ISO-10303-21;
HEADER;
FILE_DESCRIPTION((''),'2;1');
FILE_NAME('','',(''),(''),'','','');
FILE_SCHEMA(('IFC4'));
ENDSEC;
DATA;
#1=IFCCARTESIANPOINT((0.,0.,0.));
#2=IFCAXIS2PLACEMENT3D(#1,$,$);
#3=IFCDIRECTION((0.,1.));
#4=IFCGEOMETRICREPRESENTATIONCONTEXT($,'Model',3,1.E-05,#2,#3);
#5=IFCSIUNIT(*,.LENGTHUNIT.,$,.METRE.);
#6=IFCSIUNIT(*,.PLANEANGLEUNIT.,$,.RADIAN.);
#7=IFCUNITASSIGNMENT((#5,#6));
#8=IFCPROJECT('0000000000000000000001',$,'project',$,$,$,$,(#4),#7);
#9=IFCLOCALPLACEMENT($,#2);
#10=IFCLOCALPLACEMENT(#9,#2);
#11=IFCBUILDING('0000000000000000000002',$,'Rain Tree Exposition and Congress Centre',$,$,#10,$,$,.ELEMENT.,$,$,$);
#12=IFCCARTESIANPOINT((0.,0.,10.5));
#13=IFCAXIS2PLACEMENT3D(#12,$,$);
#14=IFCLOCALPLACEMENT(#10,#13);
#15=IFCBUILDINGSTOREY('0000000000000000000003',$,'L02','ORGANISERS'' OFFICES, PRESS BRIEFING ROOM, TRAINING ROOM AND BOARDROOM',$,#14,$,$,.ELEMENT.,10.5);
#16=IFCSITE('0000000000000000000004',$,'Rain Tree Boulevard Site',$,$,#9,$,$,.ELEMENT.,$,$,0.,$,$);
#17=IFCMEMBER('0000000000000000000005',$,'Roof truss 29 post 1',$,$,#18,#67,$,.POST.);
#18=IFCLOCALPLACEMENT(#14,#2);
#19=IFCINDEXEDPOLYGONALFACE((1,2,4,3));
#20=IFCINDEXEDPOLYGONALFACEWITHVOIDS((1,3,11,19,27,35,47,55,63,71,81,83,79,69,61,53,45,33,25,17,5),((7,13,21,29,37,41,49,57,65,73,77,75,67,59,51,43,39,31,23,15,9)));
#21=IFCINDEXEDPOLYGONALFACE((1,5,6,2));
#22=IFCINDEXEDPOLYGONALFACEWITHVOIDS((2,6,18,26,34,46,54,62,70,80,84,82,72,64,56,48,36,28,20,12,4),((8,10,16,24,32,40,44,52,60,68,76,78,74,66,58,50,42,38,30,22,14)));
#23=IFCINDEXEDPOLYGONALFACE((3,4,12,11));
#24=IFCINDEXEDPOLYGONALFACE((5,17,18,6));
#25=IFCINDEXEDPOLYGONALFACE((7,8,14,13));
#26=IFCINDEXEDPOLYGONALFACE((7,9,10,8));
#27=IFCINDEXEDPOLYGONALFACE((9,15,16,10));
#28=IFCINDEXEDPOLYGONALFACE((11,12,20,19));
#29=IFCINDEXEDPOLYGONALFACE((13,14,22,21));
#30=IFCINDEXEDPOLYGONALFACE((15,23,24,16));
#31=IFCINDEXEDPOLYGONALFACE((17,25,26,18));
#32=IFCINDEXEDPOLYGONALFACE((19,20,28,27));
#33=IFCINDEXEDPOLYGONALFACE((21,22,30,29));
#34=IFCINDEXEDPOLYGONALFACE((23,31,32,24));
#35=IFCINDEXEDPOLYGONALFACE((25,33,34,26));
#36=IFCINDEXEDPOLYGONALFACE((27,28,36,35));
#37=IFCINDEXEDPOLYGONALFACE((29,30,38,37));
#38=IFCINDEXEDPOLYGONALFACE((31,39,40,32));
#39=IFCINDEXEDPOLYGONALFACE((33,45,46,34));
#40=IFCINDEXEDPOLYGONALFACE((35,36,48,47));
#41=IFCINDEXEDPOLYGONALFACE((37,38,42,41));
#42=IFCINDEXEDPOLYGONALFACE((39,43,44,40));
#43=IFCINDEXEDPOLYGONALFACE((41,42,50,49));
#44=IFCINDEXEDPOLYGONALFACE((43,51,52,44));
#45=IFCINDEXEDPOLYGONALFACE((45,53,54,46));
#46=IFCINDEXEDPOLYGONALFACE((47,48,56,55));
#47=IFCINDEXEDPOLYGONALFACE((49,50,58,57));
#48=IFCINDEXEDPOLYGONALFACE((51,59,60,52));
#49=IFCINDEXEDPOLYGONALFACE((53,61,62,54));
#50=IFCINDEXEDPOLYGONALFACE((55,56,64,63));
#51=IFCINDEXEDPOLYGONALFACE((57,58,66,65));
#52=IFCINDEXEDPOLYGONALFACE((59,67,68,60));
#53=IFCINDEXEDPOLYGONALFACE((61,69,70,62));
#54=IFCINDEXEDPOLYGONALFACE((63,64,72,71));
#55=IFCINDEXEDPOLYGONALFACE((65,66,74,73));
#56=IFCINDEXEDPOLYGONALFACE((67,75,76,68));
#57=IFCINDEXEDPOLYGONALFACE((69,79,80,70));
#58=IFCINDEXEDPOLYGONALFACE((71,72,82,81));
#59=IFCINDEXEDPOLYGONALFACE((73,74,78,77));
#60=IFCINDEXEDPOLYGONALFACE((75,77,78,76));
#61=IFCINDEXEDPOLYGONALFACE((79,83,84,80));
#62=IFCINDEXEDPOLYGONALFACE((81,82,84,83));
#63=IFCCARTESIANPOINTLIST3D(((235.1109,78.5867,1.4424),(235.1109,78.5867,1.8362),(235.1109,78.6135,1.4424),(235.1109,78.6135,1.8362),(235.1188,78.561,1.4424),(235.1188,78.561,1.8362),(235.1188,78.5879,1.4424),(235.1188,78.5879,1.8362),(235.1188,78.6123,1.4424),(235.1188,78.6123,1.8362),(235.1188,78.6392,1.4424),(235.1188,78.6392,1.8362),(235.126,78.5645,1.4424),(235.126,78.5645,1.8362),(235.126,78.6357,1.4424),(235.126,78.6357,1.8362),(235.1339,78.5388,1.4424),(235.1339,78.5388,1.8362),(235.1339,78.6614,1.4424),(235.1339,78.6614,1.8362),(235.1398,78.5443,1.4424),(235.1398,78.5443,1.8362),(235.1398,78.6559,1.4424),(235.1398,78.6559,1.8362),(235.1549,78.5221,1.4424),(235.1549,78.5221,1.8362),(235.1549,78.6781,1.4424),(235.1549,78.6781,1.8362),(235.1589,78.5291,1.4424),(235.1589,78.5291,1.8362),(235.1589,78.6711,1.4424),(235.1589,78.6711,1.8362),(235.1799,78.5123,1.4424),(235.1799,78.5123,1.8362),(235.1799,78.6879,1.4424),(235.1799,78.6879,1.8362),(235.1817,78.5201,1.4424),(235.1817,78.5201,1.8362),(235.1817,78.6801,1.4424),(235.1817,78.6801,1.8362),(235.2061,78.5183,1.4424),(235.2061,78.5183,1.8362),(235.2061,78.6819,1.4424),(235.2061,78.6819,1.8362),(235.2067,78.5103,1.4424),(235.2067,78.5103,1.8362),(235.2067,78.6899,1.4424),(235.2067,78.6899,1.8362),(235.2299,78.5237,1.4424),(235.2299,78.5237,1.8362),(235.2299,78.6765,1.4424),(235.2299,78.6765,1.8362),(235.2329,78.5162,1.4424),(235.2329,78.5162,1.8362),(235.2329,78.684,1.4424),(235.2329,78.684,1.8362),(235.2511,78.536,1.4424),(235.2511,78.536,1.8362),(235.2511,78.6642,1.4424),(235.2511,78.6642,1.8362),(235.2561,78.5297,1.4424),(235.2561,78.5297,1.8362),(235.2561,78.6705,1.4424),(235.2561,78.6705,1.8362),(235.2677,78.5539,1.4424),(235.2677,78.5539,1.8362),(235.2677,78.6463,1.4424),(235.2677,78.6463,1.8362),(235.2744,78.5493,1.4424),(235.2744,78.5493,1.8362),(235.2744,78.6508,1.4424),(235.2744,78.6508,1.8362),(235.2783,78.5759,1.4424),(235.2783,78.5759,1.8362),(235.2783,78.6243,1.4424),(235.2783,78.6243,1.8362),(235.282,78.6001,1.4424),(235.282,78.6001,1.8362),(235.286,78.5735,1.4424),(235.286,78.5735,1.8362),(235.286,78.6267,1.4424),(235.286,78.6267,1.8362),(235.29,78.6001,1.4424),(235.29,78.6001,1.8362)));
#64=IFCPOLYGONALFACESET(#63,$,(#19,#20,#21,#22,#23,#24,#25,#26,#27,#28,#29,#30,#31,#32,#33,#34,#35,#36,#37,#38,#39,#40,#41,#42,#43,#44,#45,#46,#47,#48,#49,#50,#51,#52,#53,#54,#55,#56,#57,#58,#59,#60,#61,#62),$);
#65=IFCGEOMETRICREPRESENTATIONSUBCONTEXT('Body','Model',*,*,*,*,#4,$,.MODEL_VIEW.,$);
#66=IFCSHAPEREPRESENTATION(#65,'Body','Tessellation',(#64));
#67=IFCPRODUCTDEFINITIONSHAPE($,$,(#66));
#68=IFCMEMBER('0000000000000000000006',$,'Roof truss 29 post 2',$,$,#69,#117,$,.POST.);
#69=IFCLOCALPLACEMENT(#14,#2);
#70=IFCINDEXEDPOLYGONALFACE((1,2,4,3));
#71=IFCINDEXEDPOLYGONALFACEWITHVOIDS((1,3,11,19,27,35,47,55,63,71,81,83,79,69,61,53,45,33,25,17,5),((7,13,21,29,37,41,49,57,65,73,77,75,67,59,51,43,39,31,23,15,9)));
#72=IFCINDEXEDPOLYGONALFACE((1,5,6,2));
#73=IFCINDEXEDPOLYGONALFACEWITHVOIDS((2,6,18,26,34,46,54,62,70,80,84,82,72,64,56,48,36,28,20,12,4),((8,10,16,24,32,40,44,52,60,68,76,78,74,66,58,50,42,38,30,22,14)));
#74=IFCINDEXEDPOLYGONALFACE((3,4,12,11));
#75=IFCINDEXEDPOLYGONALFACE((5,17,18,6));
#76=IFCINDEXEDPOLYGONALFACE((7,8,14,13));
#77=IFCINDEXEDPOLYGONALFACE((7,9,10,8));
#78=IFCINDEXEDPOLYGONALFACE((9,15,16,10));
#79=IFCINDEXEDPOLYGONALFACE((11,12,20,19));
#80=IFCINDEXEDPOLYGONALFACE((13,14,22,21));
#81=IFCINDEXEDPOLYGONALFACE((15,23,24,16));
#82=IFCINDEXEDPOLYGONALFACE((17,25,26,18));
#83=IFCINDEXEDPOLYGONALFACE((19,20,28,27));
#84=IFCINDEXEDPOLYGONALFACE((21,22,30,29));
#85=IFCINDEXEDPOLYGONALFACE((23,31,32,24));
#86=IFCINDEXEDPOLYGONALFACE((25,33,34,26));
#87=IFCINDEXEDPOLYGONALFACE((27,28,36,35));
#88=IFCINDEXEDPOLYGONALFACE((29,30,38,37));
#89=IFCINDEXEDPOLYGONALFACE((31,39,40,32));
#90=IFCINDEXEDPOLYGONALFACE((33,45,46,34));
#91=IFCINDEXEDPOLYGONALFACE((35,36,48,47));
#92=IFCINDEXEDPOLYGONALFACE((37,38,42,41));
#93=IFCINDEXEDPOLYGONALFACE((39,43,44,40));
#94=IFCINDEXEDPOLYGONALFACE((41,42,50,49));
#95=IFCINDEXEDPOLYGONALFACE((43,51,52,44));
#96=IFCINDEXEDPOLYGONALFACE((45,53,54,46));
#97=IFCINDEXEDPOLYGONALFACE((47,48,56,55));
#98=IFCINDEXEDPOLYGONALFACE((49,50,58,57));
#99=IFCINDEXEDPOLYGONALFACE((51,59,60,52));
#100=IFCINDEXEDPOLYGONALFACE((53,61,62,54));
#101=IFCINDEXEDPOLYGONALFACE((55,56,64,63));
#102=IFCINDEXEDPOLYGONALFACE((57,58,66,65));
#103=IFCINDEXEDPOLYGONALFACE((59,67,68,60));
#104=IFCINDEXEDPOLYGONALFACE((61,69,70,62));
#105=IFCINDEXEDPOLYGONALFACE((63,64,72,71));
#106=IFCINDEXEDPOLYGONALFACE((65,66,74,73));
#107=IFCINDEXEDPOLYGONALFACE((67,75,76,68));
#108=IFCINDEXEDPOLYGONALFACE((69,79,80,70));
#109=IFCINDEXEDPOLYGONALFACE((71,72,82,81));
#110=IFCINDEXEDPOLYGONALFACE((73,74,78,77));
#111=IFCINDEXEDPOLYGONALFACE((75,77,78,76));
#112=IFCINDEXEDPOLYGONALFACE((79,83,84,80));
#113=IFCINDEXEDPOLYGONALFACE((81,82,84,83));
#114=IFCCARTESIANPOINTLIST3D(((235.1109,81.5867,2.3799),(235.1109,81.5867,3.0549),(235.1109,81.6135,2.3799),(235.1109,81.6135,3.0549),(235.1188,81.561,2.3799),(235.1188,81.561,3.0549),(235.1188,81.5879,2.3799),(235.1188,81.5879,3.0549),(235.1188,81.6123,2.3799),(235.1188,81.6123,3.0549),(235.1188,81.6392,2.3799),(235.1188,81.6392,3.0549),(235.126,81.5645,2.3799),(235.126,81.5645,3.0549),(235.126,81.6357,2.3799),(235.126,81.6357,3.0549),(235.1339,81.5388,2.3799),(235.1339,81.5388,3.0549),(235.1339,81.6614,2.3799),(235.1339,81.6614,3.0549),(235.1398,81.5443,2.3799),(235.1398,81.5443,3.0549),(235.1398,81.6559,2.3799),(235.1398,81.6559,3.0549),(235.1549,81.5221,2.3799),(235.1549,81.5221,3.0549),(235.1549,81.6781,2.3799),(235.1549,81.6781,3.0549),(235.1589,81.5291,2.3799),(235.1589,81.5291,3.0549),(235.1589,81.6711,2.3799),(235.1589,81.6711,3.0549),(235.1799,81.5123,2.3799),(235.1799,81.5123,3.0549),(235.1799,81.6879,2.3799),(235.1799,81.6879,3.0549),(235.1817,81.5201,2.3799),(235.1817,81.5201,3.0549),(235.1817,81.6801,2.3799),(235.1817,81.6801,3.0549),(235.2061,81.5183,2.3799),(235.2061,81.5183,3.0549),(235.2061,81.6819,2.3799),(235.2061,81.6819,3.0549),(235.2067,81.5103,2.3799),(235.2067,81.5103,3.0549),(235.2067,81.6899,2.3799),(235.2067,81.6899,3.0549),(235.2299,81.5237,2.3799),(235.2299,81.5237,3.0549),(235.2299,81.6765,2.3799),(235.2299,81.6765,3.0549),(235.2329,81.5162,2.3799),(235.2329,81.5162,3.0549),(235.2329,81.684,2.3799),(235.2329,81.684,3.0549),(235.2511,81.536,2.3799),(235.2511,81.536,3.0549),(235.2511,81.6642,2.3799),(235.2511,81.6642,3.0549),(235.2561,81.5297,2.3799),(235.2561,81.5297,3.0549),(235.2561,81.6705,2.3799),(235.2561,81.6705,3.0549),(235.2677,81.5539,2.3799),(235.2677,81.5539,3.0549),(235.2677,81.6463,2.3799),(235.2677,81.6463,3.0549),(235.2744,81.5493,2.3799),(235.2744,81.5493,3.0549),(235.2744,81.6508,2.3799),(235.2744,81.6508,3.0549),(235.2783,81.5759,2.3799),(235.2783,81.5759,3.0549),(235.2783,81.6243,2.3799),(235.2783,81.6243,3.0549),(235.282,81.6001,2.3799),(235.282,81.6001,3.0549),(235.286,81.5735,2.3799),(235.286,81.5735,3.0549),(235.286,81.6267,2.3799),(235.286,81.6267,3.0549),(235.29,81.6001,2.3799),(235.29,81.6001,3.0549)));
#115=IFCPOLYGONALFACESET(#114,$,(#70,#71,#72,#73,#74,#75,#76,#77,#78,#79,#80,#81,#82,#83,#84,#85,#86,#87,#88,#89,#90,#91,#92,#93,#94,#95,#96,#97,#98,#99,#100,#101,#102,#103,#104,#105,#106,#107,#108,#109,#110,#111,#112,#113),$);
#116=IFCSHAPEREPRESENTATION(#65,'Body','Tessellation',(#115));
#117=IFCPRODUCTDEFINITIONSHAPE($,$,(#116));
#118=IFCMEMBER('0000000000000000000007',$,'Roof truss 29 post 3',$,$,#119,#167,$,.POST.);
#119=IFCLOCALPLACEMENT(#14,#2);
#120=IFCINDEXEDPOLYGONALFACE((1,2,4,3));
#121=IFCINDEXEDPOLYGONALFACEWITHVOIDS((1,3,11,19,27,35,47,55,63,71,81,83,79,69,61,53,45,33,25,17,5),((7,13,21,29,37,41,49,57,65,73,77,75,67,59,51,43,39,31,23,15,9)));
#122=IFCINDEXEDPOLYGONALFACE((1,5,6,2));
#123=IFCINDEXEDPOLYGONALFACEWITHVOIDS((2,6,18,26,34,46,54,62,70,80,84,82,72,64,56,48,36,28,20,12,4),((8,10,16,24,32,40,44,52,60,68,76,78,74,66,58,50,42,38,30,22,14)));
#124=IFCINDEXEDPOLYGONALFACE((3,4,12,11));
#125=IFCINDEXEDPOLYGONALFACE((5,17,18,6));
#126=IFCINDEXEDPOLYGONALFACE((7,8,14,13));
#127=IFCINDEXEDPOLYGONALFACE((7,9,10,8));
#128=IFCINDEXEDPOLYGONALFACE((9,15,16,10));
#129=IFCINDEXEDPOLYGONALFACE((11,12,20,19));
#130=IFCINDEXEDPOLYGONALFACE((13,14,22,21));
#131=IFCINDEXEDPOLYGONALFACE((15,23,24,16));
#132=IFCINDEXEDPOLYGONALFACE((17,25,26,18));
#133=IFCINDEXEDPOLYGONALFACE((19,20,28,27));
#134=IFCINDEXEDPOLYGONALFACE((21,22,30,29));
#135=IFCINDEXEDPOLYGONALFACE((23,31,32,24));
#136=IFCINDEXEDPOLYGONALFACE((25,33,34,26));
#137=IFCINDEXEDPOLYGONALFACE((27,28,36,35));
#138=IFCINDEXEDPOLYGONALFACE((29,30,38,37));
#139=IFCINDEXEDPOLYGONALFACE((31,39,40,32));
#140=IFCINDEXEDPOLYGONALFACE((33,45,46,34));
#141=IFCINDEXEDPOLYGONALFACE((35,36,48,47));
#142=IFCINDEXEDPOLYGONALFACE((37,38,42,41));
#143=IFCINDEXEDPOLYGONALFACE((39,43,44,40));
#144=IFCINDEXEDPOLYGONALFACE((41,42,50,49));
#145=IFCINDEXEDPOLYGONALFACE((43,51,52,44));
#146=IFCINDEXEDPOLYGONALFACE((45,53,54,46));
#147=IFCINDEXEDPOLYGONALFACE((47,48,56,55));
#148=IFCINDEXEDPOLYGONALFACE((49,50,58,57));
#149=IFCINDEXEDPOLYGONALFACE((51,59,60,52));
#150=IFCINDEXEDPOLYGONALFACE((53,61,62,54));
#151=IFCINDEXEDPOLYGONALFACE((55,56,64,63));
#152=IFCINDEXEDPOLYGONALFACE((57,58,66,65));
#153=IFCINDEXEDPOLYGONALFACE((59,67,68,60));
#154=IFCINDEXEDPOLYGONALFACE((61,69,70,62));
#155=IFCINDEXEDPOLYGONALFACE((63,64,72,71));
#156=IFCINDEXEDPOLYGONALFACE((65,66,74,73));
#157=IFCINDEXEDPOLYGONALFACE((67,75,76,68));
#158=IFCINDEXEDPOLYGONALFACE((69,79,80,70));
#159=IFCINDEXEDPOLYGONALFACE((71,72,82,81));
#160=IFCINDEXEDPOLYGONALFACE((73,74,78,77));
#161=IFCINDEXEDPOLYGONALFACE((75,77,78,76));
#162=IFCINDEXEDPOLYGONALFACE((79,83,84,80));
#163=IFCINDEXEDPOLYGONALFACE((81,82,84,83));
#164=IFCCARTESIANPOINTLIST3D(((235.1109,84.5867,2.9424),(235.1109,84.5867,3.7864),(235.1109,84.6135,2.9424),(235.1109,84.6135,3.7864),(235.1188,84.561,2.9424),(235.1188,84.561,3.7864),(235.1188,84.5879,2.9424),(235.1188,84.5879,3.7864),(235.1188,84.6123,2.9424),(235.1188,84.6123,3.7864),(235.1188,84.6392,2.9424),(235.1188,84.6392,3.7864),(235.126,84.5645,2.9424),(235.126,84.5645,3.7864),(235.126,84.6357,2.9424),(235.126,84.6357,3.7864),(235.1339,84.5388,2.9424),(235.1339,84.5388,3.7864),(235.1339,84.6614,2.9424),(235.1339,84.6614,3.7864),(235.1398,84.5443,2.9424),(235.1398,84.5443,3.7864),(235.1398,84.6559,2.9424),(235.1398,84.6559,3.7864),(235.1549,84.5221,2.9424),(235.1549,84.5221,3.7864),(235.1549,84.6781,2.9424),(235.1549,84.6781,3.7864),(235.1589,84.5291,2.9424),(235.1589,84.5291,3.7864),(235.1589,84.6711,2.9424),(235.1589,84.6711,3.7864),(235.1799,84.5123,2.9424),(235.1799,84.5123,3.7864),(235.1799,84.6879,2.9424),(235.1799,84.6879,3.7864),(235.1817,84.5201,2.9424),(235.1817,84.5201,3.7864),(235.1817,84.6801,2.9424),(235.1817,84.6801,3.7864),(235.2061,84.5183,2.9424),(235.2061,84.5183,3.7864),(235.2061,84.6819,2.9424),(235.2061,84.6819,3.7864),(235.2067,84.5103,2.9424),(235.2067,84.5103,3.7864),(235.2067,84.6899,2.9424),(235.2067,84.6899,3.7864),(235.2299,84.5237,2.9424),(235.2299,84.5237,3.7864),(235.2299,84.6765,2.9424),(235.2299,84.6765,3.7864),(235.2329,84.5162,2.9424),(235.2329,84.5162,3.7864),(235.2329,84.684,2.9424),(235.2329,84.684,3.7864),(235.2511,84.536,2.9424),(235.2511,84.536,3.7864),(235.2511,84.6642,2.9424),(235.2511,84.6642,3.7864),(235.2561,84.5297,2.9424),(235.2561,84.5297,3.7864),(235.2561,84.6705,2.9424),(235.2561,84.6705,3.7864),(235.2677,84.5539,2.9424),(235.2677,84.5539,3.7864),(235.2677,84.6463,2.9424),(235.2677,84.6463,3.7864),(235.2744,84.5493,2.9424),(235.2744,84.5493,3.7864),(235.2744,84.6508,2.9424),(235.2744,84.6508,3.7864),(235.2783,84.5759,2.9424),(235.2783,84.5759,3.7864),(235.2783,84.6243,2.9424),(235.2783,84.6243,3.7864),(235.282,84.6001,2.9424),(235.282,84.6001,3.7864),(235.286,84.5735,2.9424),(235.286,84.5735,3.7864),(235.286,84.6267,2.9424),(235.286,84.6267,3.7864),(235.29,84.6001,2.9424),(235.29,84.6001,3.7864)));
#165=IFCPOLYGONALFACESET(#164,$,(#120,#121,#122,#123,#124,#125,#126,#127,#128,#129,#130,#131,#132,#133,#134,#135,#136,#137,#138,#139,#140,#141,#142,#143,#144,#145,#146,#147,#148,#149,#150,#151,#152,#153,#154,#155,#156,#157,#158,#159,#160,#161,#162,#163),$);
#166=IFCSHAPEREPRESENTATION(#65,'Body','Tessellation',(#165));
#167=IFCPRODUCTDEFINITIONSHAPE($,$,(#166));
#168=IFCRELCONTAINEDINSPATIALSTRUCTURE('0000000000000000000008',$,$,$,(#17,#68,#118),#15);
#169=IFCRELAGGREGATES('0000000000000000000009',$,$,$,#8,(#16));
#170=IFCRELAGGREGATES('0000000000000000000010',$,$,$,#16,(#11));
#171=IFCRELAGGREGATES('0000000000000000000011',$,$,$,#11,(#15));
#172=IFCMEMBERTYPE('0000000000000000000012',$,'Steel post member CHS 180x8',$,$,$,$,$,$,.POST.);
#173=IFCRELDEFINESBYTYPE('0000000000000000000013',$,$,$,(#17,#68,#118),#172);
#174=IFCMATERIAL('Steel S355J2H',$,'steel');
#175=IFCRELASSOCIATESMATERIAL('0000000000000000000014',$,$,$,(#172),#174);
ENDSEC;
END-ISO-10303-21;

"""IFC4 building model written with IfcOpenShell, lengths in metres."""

from ifc_helpers import new_model, si_unit, direction, frame, origin, origin_2d, place, context, subcontext, project, spatial, hollow_circle, extrude, material, material_profile, profile_set, type_object, element, save


model = new_model("IFC4")

# Units and contexts
model_context = context("Model", 3, precision=1e-05, world=origin(), true_north=direction((0.0, 1.0)))
body_context = subcontext(model_context, "Body", "Model", "MODEL_VIEW")
ifc_project = project(units=[si_unit("LENGTHUNIT", "METRE"), si_unit("PLANEANGLEUNIT", "RADIAN")], contexts=[model_context])

# Site, building, storey
site_placement = place(None, origin())
site = spatial("IfcSite", under=ifc_project, at=site_placement, Name="Rain Tree Boulevard Site", CompositionType="ELEMENT", RefElevation=0.0)
building_placement = place(site_placement, origin())
building = spatial("IfcBuilding", under=site, at=building_placement, Name="Rain Tree Exposition and Congress Centre", CompositionType="ELEMENT")
storey_placement = place(building_placement, frame((0.0, 0.0, 10.5)))
storey = spatial("IfcBuildingStorey", under=building, at=storey_placement, Name="L02", Description="ORGANISERS' OFFICES, PRESS BRIEFING ROOM, TRAINING ROOM AND BOARDROOM", CompositionType="ELEMENT", Elevation=10.5)

# Members
ifc_material_1 = material(Name="Steel S355J2H", Category="steel")
ifc_material_profile_1 = material_profile(ifc_material_1, hollow_circle(Radius=0.0901, WallThickness=0.0081, at=origin_2d()), Name="CHS 180x8")
ifc_profile_set_1 = profile_set([ifc_material_profile_1], Name="Steel S355J2H")
member_type_1 = type_object("IfcMemberType", Name="Steel post member CHS 180x8", PredefinedType="POST", material=ifc_profile_set_1)
member_1_placement = place(storey_placement, frame((235.2, 78.6001, 1.4424), z_axis=(0.0, 0.0, 1.0), x_axis=(1.0, 0.0, 0.0)))
element("IfcMember", 1, at=member_1_placement, inside=storey, type_object=member_type_1, Name="Roof truss 29 post 1", PredefinedType="POST", context=body_context, shape_type="SweptSolid", body=[
    extrude(hollow_circle(Radius=0.0901, WallThickness=0.0081, at=origin_2d()), origin(), (0.0, 0.0, 1.0), 0.3938),
])
member_2_placement = place(storey_placement, frame((235.2, 81.6001, 2.3799), z_axis=(0.0, 0.0, 1.0), x_axis=(1.0, 0.0, 0.0)))
element("IfcMember", 2, at=member_2_placement, inside=storey, type_object=member_type_1, Name="Roof truss 29 post 2", PredefinedType="POST", context=body_context, shape_type="SweptSolid", body=[
    extrude(hollow_circle(Radius=0.0901, WallThickness=0.0081, at=origin_2d()), origin(), (0.0, 0.0, 1.0), 0.675),
])
member_3_placement = place(storey_placement, frame((235.2, 84.6001, 2.9424), z_axis=(0.0, 0.0, 1.0), x_axis=(1.0, 0.0, 0.0)))
element("IfcMember", 3, at=member_3_placement, inside=storey, type_object=member_type_1, Name="Roof truss 29 post 3", PredefinedType="POST", context=body_context, shape_type="SweptSolid", body=[
    extrude(hollow_circle(Radius=0.0901, WallThickness=0.0081, at=origin_2d()), origin(), (0.0, 0.0, 1.0), 0.844),
])

save(model, "model.ifc")
